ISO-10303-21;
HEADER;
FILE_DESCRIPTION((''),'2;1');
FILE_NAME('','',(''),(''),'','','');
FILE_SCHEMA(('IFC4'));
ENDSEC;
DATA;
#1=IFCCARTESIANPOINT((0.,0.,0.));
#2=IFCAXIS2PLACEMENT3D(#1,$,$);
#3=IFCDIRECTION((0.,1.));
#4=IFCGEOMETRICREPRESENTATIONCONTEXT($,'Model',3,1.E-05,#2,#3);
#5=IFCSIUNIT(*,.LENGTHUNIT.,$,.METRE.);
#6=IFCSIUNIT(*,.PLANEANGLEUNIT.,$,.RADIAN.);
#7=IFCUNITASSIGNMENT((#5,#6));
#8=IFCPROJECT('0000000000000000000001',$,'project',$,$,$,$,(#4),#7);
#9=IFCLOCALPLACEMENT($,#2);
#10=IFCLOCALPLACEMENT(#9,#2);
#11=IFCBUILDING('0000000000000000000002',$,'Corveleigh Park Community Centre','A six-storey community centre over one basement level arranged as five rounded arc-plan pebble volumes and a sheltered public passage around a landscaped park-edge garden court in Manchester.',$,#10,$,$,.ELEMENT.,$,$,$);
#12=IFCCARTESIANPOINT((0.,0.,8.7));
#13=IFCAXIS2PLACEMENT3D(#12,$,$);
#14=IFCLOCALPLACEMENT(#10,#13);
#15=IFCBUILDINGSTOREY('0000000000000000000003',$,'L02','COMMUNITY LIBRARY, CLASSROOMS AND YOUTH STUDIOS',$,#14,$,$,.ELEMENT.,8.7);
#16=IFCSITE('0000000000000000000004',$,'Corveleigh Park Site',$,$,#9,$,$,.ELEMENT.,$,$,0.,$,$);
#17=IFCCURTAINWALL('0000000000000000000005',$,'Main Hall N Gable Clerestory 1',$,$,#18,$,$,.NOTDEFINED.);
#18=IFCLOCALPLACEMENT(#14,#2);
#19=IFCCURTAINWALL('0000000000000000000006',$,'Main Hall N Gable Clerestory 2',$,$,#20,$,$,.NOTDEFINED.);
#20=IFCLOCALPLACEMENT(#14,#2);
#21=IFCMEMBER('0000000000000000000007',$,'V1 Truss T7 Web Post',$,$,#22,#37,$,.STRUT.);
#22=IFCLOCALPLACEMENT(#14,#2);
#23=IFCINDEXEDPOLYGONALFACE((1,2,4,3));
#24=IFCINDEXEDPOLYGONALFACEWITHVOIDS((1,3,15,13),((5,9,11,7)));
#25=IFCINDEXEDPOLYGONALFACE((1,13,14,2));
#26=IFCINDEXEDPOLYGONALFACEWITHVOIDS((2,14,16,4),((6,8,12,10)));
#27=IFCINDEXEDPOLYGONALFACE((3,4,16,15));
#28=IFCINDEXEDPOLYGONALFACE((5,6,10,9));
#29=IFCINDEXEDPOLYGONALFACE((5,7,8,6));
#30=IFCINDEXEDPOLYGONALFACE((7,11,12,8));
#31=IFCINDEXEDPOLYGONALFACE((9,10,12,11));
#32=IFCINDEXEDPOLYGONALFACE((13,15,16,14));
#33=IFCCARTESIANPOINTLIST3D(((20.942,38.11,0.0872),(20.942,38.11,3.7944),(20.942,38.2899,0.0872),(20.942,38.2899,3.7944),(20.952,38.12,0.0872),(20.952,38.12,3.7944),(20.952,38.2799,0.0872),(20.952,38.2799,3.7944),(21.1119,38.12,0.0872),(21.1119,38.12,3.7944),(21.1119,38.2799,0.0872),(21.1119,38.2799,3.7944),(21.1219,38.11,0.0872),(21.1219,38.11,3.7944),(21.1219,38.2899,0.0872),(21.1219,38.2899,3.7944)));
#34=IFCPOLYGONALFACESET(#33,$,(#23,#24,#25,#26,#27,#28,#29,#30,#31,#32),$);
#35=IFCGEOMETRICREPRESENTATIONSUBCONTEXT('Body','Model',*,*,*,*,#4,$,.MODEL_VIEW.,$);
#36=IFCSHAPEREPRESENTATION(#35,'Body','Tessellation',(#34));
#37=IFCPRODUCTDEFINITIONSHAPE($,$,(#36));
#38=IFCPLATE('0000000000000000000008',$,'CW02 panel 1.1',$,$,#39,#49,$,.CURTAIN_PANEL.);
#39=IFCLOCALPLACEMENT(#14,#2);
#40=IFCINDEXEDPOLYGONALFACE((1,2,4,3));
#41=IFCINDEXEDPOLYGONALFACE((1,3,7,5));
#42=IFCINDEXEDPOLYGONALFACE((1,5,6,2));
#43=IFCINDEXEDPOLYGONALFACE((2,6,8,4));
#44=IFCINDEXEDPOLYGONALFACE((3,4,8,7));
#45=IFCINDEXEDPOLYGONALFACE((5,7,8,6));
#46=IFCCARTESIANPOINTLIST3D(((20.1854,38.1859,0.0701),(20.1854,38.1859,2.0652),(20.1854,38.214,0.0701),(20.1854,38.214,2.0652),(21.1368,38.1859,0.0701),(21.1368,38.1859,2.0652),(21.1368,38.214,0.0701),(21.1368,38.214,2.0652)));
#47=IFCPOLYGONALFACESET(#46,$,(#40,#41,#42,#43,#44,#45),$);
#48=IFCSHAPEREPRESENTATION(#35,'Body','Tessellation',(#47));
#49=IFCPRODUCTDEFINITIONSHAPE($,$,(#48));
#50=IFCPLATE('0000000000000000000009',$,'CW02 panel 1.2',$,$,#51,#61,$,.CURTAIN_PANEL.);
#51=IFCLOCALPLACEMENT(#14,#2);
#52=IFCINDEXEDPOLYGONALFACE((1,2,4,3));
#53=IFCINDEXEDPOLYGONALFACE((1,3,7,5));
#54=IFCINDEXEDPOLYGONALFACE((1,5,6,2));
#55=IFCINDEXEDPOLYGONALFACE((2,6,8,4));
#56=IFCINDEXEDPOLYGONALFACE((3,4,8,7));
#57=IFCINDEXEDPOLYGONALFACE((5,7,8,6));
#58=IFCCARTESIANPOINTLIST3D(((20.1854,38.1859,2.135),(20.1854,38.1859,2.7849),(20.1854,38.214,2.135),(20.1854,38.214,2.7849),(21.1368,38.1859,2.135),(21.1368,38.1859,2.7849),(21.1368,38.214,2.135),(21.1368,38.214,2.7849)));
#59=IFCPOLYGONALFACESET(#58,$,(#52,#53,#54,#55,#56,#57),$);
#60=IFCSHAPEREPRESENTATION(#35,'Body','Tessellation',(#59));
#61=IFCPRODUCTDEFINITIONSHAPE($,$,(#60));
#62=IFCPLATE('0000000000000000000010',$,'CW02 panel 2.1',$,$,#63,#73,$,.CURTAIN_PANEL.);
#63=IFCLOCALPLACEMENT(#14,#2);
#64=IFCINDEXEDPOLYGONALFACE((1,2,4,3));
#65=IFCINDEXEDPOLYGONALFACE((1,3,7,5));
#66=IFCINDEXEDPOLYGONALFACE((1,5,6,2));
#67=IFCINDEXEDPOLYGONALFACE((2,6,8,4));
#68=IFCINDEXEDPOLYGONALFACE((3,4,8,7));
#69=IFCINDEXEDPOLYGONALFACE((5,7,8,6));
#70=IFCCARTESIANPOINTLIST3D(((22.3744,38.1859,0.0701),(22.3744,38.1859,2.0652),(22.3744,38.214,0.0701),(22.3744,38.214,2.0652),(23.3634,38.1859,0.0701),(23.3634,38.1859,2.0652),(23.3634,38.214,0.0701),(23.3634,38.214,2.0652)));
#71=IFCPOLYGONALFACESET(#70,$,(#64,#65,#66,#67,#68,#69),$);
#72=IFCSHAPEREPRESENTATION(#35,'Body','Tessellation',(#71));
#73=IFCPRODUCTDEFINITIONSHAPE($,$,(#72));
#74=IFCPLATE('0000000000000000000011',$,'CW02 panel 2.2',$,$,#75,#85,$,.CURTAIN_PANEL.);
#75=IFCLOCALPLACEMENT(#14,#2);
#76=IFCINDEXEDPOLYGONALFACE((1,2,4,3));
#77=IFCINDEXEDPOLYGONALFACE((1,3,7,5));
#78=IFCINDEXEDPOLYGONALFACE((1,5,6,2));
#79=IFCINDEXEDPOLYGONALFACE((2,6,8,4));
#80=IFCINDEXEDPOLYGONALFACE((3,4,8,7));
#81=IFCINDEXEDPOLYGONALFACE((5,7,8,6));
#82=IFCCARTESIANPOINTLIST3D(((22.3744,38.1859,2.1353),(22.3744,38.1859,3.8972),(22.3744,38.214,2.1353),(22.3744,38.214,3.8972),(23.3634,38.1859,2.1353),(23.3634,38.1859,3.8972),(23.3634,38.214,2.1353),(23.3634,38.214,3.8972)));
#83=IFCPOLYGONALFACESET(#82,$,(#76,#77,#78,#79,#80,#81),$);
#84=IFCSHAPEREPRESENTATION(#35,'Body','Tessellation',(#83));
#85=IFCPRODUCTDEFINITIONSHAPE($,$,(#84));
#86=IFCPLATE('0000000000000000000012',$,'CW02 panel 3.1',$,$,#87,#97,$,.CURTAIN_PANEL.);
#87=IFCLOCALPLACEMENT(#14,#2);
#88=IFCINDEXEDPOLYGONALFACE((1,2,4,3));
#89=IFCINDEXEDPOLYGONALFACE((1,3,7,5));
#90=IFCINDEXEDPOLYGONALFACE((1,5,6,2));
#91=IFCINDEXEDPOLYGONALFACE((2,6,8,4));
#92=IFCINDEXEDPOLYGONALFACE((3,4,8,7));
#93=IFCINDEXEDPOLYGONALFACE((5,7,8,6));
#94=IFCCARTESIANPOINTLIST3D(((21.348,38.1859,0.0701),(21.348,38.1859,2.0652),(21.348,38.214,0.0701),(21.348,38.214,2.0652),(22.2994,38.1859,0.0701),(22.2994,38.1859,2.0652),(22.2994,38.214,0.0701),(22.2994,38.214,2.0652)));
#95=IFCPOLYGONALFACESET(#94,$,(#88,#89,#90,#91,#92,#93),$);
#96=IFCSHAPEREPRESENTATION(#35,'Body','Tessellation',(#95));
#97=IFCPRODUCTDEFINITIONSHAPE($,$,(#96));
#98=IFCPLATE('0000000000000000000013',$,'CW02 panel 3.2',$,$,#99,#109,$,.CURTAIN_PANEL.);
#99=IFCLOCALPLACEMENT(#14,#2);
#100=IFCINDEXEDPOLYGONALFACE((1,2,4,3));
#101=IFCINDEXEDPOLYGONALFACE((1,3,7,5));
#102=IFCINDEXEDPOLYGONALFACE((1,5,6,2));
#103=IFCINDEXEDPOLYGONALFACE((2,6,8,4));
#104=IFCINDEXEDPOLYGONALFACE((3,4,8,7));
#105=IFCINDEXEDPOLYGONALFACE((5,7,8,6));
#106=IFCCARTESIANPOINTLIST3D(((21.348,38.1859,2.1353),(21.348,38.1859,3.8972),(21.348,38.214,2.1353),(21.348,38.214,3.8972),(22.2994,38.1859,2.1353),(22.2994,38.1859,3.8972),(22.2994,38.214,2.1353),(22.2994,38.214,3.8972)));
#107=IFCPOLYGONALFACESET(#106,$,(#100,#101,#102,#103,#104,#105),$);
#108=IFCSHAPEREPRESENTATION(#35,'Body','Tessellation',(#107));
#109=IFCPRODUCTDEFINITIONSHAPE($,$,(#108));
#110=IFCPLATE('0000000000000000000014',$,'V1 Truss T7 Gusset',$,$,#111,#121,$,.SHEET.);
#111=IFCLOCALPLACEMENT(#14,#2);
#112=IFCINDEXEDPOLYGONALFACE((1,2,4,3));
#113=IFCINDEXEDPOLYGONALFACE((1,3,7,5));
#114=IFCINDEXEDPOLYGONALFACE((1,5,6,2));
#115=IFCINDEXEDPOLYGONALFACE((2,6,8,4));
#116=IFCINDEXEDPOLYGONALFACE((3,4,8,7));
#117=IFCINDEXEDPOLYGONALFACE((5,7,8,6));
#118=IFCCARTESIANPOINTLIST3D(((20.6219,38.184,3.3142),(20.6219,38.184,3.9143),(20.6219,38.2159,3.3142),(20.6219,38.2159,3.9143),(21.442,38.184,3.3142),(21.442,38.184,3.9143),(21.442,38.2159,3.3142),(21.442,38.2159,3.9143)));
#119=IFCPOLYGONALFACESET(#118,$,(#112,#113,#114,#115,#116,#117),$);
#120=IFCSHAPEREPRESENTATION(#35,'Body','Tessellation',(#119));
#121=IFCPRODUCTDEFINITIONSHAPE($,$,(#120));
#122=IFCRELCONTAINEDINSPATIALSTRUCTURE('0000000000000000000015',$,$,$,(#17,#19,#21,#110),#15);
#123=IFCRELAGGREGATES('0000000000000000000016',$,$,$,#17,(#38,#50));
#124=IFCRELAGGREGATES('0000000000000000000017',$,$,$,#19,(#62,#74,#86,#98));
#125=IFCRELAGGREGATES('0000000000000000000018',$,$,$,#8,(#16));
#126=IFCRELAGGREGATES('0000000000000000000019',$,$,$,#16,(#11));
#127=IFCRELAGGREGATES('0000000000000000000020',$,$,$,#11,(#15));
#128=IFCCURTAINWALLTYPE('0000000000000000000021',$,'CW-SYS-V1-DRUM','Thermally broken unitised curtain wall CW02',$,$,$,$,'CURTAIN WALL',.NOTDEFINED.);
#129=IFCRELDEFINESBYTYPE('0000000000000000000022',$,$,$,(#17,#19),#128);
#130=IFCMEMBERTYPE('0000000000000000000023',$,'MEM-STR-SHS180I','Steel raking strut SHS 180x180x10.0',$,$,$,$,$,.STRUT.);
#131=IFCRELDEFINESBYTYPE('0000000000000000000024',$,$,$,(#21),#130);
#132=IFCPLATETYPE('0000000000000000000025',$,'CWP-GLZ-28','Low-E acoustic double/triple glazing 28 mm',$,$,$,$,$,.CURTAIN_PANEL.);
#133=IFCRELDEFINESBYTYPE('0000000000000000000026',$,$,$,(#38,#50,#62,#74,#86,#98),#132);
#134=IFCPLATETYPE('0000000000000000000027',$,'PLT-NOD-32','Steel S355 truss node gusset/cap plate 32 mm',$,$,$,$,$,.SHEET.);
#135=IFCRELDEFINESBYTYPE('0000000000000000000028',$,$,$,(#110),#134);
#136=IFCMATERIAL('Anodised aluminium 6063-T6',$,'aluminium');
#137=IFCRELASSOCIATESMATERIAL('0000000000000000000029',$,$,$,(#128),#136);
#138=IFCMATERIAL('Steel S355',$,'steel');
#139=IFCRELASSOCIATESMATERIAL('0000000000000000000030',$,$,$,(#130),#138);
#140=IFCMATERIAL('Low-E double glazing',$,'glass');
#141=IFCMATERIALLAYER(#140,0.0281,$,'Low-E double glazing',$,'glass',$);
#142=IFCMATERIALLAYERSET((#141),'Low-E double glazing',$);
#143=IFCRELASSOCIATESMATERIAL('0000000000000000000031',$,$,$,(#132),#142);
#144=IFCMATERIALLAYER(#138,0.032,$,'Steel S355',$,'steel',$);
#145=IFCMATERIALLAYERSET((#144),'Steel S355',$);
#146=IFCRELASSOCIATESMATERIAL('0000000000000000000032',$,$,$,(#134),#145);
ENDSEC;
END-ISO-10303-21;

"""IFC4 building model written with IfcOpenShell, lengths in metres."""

from ifc_helpers import new_model, si_unit, direction, frame, origin, origin_2d, place, context, subcontext, project, spatial, rectangle, hollow_rectangle, extrude, material, layer, layer_set, material_profile, profile_set, type_object, element, aggregate, save


model = new_model("IFC4")

# Units and contexts
model_context = context("Model", 3, precision=1e-05, world=origin(), true_north=direction((0.0, 1.0)))
body_context = subcontext(model_context, "Body", "Model", "MODEL_VIEW")
ifc_project = project(units=[si_unit("LENGTHUNIT", "METRE"), si_unit("PLANEANGLEUNIT", "RADIAN")], contexts=[model_context])

# Site, building, storey
site_placement = place(None, origin())
site = spatial("IfcSite", under=ifc_project, at=site_placement, Name="Corveleigh Park Site", CompositionType="ELEMENT", RefElevation=0.0)
building_placement = place(site_placement, origin())
building = spatial("IfcBuilding", under=site, at=building_placement, Name="Corveleigh Park Community Centre", Description="A six-storey community centre over one basement level arranged as five rounded arc-plan pebble volumes and a sheltered public passage around a landscaped park-edge garden court in Manchester.", CompositionType="ELEMENT")
storey_placement = place(building_placement, frame((0.0, 0.0, 8.7)))
storey = spatial("IfcBuildingStorey", under=building, at=storey_placement, Name="L02", Description="COMMUNITY LIBRARY, CLASSROOMS AND YOUTH STUDIOS", CompositionType="ELEMENT", Elevation=8.7)

# Curtain walls
ifc_material_1 = material(Name="Anodised aluminium 6063-T6", Category="aluminium")
curtain_wall_type = type_object("IfcCurtainWallType", Name="CW-SYS-V1-DRUM", Description="Thermally broken unitised curtain wall CW02", ElementType="CURTAIN WALL", PredefinedType="NOTDEFINED", material=ifc_material_1)
curtain_wall_1_placement = place(storey_placement, origin())
curtain_wall_1 = element("IfcCurtainWall", 1, at=curtain_wall_1_placement, inside=storey, type_object=curtain_wall_type, Name="Main Hall N Gable Clerestory 1", PredefinedType="NOTDEFINED")
curtain_wall_2_placement = place(storey_placement, origin())
curtain_wall_2 = element("IfcCurtainWall", 2, at=curtain_wall_2_placement, inside=storey, type_object=curtain_wall_type, Name="Main Hall N Gable Clerestory 2", PredefinedType="NOTDEFINED")

# Member
ifc_material_2 = material(Name="Steel S355", Category="steel")
ifc_material_profile_1 = material_profile(ifc_material_2, hollow_rectangle(XDim=0.1799, YDim=0.1799, WallThickness=0.01, at=origin_2d()), Name="SHS 180x180x10.0", Category="steel")
ifc_profile_set_1 = profile_set([ifc_material_profile_1], Name="Steel S355")
member_type_1 = type_object("IfcMemberType", Name="MEM-STR-SHS180I", Description="Steel raking strut SHS 180x180x10.0", PredefinedType="STRUT", material=ifc_profile_set_1)
member_1_placement = place(storey_placement, frame((21.032, 38.2, 0.0872), z_axis=(0.0, 0.0, 1.0), x_axis=(1.0, 0.0, 0.0)))
element("IfcMember", 3, at=member_1_placement, inside=storey, type_object=member_type_1, Name="V1 Truss T7 Web Post", PredefinedType="STRUT", context=body_context, shape_type="SweptSolid", body=[
    extrude(hollow_rectangle(XDim=0.1799, YDim=0.1799, WallThickness=0.01, at=origin_2d()), origin(), (0.0, 0.0, 1.0), 3.7073),
])

# Plates
ifc_material_3 = material(Name="Low-E double glazing", Category="glass")
ifc_layer_1 = layer(ifc_material_3, 0.0281, Name="Low-E double glazing", Category="glass")
ifc_layer_set_1 = layer_set([ifc_layer_1], Name="Low-E double glazing")
plate_type_1 = type_object("IfcPlateType", Name="CWP-GLZ-28", Description="Low-E acoustic double/triple glazing 28 mm", PredefinedType="CURTAIN_PANEL", material=ifc_layer_set_1)
plate_1_placement = place(storey_placement, frame((20.6611, 38.2, 0.0701), z_axis=(0.0, 0.0, 1.0), x_axis=(-1.0, 0.0, 0.0)))
plate_1 = element("IfcPlate", 4, at=plate_1_placement, type_object=plate_type_1, Name="CW02 panel 1.1", PredefinedType="CURTAIN_PANEL", context=body_context, shape_type="SweptSolid", body=[
    extrude(rectangle(XDim=0.9514, YDim=0.0281, at=origin_2d()), origin(), (0.0, 0.0, 1.0), 1.9951),
])
plate_2_placement = place(storey_placement, frame((20.6611, 38.2, 2.135), z_axis=(0.0, 0.0, 1.0), x_axis=(-1.0, 0.0, 0.0)))
plate_2 = element("IfcPlate", 5, at=plate_2_placement, type_object=plate_type_1, Name="CW02 panel 1.2", PredefinedType="CURTAIN_PANEL", context=body_context, shape_type="SweptSolid", body=[
    extrude(rectangle(XDim=0.9514, YDim=0.0281, at=origin_2d()), origin(), (0.0, 0.0, 1.0), 0.6499),
])
aggregate(curtain_wall_1, [plate_1, plate_2])
plate_3_placement = place(storey_placement, frame((22.8689, 38.2, 0.0701), z_axis=(0.0, 0.0, 1.0), x_axis=(-1.0, 0.0, 0.0)))
plate_3 = element("IfcPlate", 6, at=plate_3_placement, type_object=plate_type_1, Name="CW02 panel 2.1", PredefinedType="CURTAIN_PANEL", context=body_context, shape_type="SweptSolid", body=[
    extrude(rectangle(XDim=0.989, YDim=0.0281, at=origin_2d()), origin(), (0.0, 0.0, 1.0), 1.9951),
])
plate_4_placement = place(storey_placement, frame((22.8689, 38.2, 2.1353), z_axis=(0.0, 0.0, 1.0), x_axis=(-1.0, 0.0, 0.0)))
plate_4 = element("IfcPlate", 7, at=plate_4_placement, type_object=plate_type_1, Name="CW02 panel 2.2", PredefinedType="CURTAIN_PANEL", context=body_context, shape_type="SweptSolid", body=[
    extrude(rectangle(XDim=0.989, YDim=0.0281, at=origin_2d()), origin(), (0.0, 0.0, 1.0), 1.762),
])
plate_5_placement = place(storey_placement, frame((21.8237, 38.2, 0.0701), z_axis=(0.0, 0.0, 1.0), x_axis=(-1.0, 0.0, 0.0)))
plate_5 = element("IfcPlate", 8, at=plate_5_placement, type_object=plate_type_1, Name="CW02 panel 3.1", PredefinedType="CURTAIN_PANEL", context=body_context, shape_type="SweptSolid", body=[
    extrude(rectangle(XDim=0.9514, YDim=0.0281, at=origin_2d()), origin(), (0.0, 0.0, 1.0), 1.9951),
])
plate_6_placement = place(storey_placement, frame((21.8237, 38.2, 2.1353), z_axis=(0.0, 0.0, 1.0), x_axis=(-1.0, 0.0, 0.0)))
plate_6 = element("IfcPlate", 9, at=plate_6_placement, type_object=plate_type_1, Name="CW02 panel 3.2", PredefinedType="CURTAIN_PANEL", context=body_context, shape_type="SweptSolid", body=[
    extrude(rectangle(XDim=0.9514, YDim=0.0281, at=origin_2d()), origin(), (0.0, 0.0, 1.0), 1.762),
])
aggregate(curtain_wall_2, [plate_3, plate_4, plate_5, plate_6])
ifc_layer_2 = layer(ifc_material_2, 0.032, Name="Steel S355", Category="steel")
ifc_layer_set_2 = layer_set([ifc_layer_2], Name="Steel S355")
plate_type_2 = type_object("IfcPlateType", Name="PLT-NOD-32", Description="Steel S355 truss node gusset/cap plate 32 mm", PredefinedType="SHEET", material=ifc_layer_set_2)
plate_7_placement = place(storey_placement, frame((21.032, 38.2, 3.3142), z_axis=(0.0, 0.0, 1.0), x_axis=(1.0, 0.0, 0.0)))
element("IfcPlate", 10, at=plate_7_placement, inside=storey, type_object=plate_type_2, Name="V1 Truss T7 Gusset", PredefinedType="SHEET", context=body_context, shape_type="SweptSolid", body=[
    extrude(rectangle(XDim=0.8201, YDim=0.032, at=origin_2d()), origin(), (0.0, 0.0, 1.0), 0.6001),
])

save(model, "model.ifc")
